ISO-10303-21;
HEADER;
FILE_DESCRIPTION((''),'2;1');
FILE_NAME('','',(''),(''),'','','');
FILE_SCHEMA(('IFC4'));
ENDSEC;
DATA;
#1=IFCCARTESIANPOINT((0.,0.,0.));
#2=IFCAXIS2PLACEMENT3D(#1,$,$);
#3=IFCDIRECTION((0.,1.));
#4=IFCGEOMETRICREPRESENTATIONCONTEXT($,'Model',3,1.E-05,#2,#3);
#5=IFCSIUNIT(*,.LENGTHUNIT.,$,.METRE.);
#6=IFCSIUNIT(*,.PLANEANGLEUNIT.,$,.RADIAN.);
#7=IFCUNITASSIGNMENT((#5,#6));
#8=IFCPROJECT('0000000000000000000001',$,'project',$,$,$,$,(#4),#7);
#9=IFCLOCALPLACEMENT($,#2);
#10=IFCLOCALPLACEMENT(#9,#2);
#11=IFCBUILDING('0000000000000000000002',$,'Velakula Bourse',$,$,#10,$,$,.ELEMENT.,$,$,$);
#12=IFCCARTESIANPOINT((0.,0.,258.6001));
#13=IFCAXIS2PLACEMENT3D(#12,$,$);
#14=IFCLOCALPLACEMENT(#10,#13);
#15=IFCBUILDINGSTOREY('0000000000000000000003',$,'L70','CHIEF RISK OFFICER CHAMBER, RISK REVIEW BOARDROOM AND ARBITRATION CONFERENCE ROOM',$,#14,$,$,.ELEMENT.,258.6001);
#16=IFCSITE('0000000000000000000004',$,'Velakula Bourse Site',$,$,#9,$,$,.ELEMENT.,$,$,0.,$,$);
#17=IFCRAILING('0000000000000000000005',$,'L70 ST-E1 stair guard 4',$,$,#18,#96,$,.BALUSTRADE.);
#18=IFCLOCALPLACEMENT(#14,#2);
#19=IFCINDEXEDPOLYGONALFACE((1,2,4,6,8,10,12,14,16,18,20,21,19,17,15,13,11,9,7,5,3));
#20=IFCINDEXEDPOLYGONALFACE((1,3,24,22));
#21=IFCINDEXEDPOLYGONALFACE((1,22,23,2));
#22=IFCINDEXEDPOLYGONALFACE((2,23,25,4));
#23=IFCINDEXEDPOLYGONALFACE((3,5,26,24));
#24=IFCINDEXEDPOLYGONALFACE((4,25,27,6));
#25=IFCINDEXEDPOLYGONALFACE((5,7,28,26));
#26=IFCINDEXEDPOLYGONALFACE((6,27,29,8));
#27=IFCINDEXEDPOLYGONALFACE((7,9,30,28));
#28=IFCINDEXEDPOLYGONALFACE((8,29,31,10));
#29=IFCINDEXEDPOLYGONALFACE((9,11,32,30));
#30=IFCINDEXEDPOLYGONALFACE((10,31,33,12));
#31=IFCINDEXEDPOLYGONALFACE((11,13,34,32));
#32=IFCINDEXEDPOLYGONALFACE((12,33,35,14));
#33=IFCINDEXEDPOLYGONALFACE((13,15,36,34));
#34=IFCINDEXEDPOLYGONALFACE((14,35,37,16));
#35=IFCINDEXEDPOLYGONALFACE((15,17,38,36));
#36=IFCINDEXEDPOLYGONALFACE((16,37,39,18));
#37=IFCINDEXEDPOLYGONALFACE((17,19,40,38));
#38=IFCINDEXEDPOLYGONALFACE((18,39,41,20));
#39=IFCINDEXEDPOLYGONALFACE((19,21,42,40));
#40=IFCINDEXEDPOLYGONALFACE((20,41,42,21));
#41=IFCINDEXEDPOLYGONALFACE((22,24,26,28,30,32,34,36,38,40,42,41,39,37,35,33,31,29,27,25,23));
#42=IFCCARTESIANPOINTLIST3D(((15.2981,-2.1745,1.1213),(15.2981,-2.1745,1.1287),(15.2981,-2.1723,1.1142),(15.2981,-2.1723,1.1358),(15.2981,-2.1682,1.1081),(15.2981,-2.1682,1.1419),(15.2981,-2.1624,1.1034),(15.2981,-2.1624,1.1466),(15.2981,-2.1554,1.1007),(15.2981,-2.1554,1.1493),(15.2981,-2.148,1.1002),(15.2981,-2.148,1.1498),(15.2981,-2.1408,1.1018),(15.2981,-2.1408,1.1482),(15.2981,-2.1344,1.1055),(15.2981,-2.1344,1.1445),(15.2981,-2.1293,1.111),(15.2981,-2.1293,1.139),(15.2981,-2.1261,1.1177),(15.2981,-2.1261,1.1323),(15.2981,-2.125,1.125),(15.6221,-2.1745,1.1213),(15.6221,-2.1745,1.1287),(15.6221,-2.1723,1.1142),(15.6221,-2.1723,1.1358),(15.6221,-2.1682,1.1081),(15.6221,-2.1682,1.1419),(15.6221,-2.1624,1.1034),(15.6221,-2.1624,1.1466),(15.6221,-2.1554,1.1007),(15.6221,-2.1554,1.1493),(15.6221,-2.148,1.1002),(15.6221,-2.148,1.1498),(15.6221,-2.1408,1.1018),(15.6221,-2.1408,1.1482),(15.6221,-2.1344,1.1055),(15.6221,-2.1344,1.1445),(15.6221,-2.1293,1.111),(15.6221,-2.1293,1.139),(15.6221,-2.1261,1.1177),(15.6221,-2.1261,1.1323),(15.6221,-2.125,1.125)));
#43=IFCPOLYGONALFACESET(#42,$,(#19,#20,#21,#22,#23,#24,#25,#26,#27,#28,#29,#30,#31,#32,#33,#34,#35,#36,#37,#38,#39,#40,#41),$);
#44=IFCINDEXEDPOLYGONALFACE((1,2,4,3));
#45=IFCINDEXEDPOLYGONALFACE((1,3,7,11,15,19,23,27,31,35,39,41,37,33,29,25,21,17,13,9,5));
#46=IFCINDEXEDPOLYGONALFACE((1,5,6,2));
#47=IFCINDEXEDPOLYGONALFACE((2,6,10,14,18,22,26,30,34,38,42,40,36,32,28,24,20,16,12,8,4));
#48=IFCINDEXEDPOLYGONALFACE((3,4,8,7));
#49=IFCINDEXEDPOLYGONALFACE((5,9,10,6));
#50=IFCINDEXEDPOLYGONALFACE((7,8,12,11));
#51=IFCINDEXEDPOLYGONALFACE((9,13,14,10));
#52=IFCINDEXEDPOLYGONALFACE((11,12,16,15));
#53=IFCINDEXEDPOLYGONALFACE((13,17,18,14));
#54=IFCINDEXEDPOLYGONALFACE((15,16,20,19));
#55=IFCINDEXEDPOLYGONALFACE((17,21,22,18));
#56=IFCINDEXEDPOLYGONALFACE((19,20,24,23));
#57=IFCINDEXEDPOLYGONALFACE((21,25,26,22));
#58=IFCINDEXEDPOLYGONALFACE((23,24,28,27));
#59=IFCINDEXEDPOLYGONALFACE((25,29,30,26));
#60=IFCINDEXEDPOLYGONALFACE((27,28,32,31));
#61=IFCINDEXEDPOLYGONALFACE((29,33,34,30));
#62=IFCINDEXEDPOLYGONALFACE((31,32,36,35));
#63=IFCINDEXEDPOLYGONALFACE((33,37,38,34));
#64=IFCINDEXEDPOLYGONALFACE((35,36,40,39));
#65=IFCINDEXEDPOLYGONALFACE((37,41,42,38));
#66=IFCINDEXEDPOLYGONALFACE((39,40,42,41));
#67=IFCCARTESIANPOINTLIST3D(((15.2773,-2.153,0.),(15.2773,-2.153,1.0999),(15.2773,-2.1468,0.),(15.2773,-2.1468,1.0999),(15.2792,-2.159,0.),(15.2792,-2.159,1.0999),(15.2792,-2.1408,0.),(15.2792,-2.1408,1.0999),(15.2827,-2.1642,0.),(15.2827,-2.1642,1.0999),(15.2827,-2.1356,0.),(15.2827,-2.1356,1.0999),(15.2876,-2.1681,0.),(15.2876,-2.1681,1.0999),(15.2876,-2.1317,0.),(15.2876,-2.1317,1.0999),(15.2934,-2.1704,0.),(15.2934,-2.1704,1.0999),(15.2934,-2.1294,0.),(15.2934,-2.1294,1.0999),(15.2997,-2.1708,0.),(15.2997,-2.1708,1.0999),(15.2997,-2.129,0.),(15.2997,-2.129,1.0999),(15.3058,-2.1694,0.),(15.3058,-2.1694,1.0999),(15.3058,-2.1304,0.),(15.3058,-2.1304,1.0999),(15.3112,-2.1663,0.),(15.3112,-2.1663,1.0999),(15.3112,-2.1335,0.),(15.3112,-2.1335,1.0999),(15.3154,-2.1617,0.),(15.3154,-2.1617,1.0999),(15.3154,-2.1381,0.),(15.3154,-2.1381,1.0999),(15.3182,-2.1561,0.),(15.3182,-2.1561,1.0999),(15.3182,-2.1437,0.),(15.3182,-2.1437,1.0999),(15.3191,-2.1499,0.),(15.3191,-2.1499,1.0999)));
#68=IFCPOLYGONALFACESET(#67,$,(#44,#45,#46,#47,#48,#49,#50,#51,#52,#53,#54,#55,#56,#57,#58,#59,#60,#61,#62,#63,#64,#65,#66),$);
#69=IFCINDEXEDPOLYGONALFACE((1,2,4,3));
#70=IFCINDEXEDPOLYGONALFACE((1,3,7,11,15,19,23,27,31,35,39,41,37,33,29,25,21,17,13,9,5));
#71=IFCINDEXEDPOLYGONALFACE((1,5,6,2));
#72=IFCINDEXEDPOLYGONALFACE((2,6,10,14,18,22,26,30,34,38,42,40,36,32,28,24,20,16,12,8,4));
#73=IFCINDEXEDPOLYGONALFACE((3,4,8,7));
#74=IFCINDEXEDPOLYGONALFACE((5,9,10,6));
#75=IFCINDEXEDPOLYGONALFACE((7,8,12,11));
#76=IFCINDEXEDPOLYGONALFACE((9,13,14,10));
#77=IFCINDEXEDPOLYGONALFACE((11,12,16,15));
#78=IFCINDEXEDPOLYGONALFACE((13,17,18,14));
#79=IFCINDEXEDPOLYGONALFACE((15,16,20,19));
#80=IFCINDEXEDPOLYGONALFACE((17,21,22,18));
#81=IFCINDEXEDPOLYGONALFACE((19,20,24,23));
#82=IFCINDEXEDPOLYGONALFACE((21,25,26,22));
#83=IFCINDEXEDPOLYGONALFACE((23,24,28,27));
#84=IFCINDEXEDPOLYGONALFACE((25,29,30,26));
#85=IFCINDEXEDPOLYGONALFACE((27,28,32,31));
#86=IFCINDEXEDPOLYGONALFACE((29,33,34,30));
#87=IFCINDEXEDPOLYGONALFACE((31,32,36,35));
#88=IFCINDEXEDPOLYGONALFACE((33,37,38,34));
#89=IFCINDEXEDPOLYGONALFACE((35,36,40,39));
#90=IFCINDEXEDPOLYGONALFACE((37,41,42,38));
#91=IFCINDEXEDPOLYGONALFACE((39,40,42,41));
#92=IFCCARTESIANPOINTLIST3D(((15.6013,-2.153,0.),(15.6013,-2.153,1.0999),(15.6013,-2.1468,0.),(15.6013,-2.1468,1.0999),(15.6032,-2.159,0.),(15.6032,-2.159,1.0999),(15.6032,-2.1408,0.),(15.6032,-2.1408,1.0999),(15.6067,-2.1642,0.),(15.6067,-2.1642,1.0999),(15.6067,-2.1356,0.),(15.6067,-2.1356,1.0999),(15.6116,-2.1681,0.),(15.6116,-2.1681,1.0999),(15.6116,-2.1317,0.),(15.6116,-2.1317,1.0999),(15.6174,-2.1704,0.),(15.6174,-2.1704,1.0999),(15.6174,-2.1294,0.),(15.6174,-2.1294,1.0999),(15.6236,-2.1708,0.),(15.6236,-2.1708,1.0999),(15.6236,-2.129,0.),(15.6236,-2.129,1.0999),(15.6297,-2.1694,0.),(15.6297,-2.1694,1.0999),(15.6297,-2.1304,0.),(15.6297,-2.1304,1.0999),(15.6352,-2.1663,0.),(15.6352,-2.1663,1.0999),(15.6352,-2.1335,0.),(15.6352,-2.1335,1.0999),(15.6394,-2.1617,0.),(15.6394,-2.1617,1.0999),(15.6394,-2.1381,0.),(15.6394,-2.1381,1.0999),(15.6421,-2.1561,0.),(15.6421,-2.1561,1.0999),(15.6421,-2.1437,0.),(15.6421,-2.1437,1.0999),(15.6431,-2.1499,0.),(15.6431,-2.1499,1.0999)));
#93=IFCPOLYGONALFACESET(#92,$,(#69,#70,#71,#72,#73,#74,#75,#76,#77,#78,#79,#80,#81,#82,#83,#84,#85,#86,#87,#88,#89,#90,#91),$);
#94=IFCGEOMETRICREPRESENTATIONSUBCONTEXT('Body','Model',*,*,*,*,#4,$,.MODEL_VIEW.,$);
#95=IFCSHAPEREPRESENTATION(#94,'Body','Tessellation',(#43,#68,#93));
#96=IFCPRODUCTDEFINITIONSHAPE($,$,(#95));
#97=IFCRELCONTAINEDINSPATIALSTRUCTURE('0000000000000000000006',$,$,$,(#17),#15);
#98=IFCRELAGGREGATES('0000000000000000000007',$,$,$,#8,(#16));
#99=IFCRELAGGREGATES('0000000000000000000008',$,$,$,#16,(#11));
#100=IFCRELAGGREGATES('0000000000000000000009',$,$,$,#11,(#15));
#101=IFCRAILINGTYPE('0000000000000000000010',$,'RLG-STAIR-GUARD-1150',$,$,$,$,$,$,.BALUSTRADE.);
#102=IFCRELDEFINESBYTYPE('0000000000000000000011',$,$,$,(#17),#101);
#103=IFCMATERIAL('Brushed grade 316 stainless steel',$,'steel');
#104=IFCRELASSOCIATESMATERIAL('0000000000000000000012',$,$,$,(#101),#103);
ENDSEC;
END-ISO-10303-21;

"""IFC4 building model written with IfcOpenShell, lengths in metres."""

from ifc_helpers import new_model, si_unit, direction, frame, origin, origin_2d, place, context, subcontext, project, spatial, circle, extrude, material, type_object, element, save


model = new_model("IFC4")

# Units and contexts
model_context = context("Model", 3, precision=1e-05, world=origin(), true_north=direction((0.0, 1.0)))
body_context = subcontext(model_context, "Body", "Model", "MODEL_VIEW")
ifc_project = project(units=[si_unit("LENGTHUNIT", "METRE"), si_unit("PLANEANGLEUNIT", "RADIAN")], contexts=[model_context])

# Site, building, storey
site_placement = place(None, origin())
site = spatial("IfcSite", under=ifc_project, at=site_placement, Name="Velakula Bourse Site", CompositionType="ELEMENT", RefElevation=0.0)
building_placement = place(site_placement, origin())
building = spatial("IfcBuilding", under=site, at=building_placement, Name="Velakula Bourse", CompositionType="ELEMENT")
storey_placement = place(building_placement, frame((0.0, 0.0, 258.6001)))
storey = spatial("IfcBuildingStorey", under=building, at=storey_placement, Name="L70", Description="CHIEF RISK OFFICER CHAMBER, RISK REVIEW BOARDROOM AND ARBITRATION CONFERENCE ROOM", CompositionType="ELEMENT", Elevation=258.6001)

# Shared definitions
ifc_material_1 = material(Name="Brushed grade 316 stainless steel", Category="steel")

# Railing
railing_type_1 = type_object("IfcRailingType", Name="RLG-STAIR-GUARD-1150", PredefinedType="BALUSTRADE", material=ifc_material_1)
railing_1_placement = place(storey_placement, frame((15.2981, -2.1499, 0.0)))
element("IfcRailing", 1, at=railing_1_placement, inside=storey, type_object=railing_type_1, Name="L70 ST-E1 stair guard 4", PredefinedType="BALUSTRADE", context=body_context, shape_type="SweptSolid", body=[
    extrude(circle(Radius=0.0249, at=origin_2d()), frame((0.0, 0.0, 1.125), z_axis=(1.0, 0.0, 0.0), x_axis=(0.0, 1.0, 0.0)), (0.0, 0.0, 1.0), 0.324),
    extrude(circle(Radius=0.021, at=origin_2d()), origin(), (0.0, 0.0, 1.0), 1.0999),
    extrude(circle(Radius=0.021, at=origin_2d()), frame((0.324, 0.0, 0.0)), (0.0, 0.0, 1.0), 1.0999),
])

save(model, "model.ifc")
